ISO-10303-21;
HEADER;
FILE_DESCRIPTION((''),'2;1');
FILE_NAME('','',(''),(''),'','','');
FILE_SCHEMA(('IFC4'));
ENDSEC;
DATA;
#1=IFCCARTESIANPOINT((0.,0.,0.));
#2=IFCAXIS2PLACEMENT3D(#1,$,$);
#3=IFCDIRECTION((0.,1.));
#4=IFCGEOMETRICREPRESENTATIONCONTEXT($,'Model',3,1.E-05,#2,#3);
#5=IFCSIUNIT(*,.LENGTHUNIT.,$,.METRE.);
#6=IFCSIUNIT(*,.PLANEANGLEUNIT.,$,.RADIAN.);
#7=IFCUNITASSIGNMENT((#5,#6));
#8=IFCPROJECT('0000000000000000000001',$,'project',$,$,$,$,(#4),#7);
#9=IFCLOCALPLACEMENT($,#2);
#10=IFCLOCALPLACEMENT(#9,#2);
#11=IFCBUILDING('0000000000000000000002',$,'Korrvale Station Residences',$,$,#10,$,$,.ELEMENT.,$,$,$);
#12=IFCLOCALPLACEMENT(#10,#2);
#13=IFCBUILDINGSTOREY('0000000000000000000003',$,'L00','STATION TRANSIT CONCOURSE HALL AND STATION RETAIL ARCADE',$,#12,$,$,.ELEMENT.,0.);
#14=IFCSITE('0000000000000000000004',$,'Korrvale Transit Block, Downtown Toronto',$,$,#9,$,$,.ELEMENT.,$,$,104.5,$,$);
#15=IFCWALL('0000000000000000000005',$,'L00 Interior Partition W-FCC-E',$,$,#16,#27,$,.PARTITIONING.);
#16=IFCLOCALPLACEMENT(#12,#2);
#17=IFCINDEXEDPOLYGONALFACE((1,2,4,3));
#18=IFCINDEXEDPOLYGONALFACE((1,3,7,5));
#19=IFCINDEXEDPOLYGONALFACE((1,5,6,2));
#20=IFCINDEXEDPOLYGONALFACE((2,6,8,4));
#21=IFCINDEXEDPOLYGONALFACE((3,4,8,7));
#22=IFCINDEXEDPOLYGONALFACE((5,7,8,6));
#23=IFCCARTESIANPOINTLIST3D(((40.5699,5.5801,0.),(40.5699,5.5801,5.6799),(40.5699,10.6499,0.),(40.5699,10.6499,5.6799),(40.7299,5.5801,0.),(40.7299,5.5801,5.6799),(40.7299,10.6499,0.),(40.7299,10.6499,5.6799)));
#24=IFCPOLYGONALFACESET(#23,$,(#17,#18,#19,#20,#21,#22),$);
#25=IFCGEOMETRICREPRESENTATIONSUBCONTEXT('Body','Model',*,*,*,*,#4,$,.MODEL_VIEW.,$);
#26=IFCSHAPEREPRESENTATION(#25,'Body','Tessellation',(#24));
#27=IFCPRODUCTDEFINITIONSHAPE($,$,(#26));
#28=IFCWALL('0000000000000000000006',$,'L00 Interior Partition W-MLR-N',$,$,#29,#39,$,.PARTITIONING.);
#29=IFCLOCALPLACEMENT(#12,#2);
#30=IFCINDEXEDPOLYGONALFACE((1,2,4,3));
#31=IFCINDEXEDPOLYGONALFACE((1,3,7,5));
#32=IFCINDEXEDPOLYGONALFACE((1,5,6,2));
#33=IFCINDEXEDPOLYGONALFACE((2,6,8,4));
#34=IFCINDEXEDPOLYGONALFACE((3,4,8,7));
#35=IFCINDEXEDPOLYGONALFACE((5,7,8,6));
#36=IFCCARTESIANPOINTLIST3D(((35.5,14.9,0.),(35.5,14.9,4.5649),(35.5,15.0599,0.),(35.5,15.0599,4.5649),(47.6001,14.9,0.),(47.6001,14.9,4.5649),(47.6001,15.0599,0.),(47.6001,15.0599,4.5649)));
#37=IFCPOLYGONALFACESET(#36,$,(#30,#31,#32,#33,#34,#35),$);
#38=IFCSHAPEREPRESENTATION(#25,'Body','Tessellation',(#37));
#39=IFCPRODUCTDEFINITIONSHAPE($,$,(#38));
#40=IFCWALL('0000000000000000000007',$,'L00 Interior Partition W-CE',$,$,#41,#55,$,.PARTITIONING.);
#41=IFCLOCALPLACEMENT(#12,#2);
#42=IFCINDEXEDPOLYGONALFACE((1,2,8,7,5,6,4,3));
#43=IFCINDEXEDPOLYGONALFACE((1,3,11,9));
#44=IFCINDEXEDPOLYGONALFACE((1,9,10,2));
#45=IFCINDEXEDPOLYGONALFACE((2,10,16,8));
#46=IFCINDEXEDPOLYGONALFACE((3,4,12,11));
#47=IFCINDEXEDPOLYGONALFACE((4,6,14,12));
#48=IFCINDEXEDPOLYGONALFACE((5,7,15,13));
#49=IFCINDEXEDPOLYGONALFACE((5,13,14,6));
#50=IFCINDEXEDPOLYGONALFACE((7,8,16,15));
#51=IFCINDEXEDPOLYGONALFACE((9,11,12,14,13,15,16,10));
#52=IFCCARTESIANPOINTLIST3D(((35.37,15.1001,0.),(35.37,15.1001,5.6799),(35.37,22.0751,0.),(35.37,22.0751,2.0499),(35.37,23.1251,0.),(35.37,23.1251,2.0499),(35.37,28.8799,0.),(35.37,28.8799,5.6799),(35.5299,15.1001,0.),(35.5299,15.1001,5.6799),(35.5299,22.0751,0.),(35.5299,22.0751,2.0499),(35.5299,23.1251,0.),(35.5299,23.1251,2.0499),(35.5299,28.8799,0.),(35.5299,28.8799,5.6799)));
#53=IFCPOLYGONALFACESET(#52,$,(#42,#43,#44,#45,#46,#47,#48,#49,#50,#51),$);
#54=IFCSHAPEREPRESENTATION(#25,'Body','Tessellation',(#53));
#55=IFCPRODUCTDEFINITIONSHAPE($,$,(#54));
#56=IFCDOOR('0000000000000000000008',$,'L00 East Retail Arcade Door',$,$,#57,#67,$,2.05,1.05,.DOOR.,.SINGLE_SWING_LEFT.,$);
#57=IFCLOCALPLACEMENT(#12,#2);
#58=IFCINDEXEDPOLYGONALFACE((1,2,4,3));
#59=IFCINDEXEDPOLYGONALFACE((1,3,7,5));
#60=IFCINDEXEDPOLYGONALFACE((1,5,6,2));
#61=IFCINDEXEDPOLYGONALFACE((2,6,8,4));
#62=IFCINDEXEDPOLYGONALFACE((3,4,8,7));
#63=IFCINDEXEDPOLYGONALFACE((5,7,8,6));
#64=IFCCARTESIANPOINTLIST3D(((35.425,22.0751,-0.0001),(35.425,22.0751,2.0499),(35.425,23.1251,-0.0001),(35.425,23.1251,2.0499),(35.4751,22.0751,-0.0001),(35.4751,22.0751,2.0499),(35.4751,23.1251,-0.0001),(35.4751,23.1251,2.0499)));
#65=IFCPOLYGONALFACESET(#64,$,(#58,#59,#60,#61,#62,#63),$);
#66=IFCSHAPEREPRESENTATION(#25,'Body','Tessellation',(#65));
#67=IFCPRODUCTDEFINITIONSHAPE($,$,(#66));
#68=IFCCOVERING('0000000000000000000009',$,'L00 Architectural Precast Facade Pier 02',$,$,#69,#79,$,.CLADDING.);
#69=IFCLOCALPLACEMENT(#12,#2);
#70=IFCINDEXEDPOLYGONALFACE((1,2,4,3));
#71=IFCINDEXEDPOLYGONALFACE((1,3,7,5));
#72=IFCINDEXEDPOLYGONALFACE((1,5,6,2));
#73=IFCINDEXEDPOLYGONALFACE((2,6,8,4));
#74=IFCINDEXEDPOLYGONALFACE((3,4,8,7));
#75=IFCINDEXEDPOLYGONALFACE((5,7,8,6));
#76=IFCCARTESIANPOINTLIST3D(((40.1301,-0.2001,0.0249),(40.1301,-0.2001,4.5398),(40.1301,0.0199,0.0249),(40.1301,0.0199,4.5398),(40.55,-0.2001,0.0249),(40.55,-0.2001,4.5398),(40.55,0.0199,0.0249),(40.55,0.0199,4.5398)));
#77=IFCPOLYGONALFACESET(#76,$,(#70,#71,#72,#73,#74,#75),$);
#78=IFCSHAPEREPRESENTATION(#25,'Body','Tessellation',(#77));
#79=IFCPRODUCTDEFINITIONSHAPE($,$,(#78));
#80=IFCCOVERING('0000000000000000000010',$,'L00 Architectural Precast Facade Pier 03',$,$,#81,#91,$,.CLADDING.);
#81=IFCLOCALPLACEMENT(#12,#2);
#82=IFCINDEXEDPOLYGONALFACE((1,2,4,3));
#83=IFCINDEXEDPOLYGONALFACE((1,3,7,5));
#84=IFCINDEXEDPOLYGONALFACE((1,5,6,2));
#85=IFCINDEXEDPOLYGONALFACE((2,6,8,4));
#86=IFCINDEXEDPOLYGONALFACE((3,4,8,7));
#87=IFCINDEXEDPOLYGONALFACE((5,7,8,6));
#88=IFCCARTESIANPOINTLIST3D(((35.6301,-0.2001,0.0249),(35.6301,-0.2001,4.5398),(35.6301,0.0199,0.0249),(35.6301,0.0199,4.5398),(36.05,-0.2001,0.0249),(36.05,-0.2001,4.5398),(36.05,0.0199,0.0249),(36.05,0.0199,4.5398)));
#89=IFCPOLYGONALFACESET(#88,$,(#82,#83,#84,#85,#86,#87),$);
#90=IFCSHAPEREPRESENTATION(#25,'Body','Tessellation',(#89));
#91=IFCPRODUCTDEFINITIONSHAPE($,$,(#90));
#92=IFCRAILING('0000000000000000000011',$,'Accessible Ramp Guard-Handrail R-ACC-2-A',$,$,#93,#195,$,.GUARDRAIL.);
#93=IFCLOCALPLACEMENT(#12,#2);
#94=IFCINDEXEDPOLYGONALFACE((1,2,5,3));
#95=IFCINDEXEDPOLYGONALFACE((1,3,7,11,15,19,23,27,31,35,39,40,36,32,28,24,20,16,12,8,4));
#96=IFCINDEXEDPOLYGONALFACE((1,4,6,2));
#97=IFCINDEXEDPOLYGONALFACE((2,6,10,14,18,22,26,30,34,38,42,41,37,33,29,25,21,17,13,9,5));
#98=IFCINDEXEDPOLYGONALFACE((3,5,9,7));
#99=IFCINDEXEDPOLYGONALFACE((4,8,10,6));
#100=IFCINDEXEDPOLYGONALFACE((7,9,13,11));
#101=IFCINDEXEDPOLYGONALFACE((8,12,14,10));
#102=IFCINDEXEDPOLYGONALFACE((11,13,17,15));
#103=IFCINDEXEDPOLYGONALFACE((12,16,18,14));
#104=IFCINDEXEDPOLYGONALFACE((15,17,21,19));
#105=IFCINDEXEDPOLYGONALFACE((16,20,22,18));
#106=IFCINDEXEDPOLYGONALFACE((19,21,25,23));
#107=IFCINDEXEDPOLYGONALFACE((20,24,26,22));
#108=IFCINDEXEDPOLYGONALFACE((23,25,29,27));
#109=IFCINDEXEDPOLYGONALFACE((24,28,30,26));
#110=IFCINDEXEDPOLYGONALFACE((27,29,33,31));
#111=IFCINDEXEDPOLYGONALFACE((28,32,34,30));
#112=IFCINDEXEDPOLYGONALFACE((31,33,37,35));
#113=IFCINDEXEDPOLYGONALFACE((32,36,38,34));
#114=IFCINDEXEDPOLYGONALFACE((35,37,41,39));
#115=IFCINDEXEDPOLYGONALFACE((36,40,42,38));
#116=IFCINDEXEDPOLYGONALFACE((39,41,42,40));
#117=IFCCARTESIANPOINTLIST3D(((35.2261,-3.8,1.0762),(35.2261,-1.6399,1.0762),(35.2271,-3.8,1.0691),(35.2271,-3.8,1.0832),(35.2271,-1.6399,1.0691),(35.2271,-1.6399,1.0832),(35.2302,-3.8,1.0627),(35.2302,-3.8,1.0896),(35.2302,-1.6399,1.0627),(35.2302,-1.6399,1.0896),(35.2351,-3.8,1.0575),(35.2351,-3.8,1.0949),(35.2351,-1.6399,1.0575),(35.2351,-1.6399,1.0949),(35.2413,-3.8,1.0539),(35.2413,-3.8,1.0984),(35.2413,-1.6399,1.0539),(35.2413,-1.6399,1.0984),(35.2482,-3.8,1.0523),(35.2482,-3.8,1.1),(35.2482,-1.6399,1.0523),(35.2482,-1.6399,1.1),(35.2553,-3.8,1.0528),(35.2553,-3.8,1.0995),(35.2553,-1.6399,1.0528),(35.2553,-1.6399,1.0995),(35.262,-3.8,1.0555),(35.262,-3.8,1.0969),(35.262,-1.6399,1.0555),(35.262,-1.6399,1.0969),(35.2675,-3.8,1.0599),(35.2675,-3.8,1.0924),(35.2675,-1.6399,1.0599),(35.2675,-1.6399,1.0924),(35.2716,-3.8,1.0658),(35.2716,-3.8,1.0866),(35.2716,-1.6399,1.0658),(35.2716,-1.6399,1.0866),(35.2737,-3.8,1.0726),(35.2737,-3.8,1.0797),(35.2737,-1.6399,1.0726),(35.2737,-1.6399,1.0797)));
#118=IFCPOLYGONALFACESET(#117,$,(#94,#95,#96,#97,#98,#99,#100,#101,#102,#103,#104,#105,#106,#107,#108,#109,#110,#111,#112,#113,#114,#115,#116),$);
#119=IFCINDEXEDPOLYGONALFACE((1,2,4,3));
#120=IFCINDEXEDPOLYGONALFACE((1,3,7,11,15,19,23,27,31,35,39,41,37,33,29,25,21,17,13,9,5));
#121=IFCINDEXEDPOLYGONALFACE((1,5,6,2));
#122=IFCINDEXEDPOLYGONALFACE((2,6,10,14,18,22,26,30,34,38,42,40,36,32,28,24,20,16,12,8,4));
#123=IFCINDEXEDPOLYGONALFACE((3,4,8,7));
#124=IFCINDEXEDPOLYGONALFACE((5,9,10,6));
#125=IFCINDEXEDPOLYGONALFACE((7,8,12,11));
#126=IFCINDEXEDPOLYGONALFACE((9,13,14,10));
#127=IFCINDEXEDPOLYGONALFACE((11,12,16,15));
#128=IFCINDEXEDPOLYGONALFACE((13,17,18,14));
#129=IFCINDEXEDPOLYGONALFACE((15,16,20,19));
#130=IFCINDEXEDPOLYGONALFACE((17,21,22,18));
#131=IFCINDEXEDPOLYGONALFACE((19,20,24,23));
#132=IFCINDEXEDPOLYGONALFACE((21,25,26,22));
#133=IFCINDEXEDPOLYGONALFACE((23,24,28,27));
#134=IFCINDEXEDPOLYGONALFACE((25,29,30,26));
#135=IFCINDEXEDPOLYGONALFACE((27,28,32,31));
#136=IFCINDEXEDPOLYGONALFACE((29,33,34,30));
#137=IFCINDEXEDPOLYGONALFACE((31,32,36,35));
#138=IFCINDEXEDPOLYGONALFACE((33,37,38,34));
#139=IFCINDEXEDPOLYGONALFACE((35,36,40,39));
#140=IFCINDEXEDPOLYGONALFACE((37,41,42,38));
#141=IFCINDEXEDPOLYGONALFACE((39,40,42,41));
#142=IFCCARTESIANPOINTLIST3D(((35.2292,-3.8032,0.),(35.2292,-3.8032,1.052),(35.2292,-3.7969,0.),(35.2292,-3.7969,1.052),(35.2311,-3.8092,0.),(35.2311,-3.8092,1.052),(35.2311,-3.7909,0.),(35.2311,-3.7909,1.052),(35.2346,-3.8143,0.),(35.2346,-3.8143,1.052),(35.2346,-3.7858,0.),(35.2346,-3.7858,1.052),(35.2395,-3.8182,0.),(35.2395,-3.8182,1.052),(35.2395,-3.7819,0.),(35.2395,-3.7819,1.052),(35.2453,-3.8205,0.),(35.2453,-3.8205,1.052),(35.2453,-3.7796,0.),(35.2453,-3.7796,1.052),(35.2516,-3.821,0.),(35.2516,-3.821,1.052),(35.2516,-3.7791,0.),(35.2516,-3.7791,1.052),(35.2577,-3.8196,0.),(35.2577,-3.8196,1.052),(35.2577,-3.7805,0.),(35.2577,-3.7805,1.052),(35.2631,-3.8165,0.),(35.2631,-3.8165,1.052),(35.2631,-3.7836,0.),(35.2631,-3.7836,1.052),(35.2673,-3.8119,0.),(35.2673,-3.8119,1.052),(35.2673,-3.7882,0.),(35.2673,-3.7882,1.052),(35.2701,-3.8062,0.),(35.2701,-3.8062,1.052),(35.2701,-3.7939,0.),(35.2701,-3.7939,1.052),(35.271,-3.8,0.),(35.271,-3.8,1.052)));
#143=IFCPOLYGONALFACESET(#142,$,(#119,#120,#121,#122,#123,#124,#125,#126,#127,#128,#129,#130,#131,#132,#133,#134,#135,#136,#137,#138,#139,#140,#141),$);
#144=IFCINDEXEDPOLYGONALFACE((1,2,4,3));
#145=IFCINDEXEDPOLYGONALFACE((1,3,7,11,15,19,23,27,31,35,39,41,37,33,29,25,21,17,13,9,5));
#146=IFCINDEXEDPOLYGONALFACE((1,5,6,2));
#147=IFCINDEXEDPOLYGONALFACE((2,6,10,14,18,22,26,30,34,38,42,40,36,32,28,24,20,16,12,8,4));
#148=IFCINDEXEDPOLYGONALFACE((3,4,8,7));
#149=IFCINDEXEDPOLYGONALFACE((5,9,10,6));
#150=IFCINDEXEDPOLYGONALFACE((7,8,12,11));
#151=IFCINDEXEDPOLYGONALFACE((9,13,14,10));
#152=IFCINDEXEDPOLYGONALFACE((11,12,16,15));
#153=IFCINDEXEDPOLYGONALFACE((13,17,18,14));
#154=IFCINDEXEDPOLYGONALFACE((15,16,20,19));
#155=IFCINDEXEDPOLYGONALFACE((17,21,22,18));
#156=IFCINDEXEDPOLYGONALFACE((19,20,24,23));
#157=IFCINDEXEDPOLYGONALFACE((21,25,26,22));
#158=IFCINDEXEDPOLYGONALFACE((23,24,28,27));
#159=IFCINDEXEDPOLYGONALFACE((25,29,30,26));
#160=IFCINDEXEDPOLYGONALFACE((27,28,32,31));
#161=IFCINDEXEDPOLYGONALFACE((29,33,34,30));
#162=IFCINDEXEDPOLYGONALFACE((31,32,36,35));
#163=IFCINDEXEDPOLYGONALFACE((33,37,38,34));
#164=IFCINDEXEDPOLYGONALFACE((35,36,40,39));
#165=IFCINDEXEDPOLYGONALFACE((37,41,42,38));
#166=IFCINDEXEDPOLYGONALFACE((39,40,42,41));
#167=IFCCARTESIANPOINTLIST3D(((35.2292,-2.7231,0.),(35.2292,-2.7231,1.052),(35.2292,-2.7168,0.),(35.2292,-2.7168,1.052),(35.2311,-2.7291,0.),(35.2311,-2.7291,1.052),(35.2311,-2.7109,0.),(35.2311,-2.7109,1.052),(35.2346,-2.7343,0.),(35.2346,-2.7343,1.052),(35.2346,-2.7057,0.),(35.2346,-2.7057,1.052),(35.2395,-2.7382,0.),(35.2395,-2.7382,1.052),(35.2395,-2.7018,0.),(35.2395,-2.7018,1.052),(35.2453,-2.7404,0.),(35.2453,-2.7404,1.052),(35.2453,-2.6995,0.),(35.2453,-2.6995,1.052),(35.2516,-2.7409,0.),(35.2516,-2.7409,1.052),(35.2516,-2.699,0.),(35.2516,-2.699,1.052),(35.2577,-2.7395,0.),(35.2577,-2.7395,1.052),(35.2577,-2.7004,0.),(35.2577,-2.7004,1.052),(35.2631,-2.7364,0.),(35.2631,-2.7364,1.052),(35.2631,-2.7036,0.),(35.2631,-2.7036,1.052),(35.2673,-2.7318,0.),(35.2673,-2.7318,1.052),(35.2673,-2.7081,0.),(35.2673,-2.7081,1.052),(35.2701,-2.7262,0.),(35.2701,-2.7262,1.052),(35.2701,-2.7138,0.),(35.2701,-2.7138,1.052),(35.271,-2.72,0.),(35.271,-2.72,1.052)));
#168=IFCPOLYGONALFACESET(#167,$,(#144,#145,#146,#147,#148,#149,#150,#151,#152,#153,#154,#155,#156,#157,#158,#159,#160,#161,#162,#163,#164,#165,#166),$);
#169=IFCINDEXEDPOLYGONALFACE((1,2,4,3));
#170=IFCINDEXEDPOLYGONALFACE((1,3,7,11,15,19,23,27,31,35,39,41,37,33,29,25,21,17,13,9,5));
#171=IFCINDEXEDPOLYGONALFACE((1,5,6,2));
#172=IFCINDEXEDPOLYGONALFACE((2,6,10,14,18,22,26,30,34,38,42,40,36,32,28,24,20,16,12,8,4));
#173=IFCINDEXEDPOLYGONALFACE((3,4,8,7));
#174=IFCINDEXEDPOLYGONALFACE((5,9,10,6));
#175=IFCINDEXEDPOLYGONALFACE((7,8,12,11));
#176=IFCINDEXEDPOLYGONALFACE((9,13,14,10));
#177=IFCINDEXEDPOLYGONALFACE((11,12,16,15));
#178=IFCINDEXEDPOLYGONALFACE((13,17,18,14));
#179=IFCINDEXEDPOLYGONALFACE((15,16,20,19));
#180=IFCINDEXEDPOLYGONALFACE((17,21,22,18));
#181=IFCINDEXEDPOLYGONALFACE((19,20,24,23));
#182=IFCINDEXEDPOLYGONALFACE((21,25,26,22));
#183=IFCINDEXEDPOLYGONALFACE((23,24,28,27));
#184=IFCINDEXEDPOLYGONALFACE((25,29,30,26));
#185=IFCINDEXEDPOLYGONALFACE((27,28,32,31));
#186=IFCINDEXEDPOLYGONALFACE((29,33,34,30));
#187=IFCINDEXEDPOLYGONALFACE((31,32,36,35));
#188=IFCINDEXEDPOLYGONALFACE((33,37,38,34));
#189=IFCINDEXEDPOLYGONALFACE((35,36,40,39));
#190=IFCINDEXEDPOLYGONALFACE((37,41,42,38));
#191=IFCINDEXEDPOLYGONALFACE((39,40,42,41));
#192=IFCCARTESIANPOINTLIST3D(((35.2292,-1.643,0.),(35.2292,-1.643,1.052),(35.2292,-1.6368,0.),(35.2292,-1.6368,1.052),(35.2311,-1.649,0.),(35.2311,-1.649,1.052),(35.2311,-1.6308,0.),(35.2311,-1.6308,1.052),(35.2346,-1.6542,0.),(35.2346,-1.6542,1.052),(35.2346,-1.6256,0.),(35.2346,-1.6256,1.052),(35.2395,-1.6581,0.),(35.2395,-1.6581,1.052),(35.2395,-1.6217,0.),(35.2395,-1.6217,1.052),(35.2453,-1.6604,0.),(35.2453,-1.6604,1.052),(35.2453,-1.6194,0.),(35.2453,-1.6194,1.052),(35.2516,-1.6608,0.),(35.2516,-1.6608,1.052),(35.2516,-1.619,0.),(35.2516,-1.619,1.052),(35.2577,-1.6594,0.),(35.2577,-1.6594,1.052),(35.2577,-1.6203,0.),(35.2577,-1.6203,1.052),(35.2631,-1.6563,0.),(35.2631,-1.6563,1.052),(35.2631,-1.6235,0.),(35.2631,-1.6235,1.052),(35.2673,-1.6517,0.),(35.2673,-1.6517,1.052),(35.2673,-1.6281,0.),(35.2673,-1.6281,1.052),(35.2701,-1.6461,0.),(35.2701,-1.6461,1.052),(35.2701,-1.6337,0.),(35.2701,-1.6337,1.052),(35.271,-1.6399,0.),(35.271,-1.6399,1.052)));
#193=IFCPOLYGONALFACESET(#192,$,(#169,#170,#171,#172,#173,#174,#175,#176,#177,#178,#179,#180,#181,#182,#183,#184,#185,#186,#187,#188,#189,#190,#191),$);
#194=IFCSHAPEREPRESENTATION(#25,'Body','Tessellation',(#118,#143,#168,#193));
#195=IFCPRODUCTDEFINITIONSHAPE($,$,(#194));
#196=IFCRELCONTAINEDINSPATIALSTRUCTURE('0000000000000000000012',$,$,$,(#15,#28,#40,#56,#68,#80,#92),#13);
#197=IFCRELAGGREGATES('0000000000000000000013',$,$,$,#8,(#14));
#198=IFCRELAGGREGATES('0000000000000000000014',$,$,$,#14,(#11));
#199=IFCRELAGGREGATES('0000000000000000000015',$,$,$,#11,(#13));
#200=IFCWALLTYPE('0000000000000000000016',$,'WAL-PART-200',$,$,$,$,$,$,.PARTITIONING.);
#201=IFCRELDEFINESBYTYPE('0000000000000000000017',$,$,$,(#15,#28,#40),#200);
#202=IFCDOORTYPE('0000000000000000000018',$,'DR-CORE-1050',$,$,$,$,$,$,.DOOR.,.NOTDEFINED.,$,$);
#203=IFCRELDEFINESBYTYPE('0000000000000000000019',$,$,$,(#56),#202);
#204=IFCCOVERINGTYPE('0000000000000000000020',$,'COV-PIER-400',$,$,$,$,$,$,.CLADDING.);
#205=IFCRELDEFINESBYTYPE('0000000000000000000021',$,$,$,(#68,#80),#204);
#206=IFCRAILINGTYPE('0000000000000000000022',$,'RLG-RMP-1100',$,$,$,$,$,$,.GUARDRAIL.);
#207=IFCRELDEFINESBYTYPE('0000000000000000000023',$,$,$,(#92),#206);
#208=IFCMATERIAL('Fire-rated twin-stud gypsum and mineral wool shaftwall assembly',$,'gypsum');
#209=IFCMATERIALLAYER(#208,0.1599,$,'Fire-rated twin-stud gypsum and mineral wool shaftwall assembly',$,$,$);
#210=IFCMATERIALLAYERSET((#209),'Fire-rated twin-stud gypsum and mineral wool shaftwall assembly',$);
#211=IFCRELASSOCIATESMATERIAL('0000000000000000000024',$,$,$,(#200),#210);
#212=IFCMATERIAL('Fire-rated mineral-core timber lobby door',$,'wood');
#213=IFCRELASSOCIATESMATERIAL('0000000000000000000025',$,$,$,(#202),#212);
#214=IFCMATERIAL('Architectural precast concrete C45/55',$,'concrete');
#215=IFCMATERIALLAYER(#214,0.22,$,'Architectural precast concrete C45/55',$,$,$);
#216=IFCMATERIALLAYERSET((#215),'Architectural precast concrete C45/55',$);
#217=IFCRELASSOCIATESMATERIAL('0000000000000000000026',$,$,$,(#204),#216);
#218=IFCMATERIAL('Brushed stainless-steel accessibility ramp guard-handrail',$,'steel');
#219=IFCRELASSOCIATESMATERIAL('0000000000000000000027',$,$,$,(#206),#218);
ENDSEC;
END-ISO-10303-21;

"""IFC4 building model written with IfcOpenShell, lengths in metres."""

from ifc_helpers import new_model, si_unit, direction, frame, frame_2d, origin, origin_2d, place, context, subcontext, project, spatial, rectangle, circle, extrude, material, layer, layer_set, type_object, element, fill, save


model = new_model("IFC4")

# Units and contexts
model_context = context("Model", 3, precision=1e-05, world=origin(), true_north=direction((0.0, 1.0)))
body_context = subcontext(model_context, "Body", "Model", "MODEL_VIEW")
ifc_project = project(units=[si_unit("LENGTHUNIT", "METRE"), si_unit("PLANEANGLEUNIT", "RADIAN")], contexts=[model_context])

# Site, building, storey
site_placement = place(None, origin())
site = spatial("IfcSite", under=ifc_project, at=site_placement, Name="Korrvale Transit Block, Downtown Toronto", CompositionType="ELEMENT", RefElevation=104.5)
building_placement = place(site_placement, origin())
building = spatial("IfcBuilding", under=site, at=building_placement, Name="Korrvale Station Residences", CompositionType="ELEMENT")
storey_placement = place(building_placement, origin())
storey = spatial("IfcBuildingStorey", under=building, at=storey_placement, Name="L00", Description="STATION TRANSIT CONCOURSE HALL AND STATION RETAIL ARCADE", CompositionType="ELEMENT", Elevation=0.0)

# Walls
ifc_material_1 = material(Name="Fire-rated twin-stud gypsum and mineral wool shaftwall assembly", Category="gypsum")
ifc_layer_1 = layer(ifc_material_1, 0.1599, Name="Fire-rated twin-stud gypsum and mineral wool shaftwall assembly")
ifc_layer_set_1 = layer_set([ifc_layer_1], Name="Fire-rated twin-stud gypsum and mineral wool shaftwall assembly")
wall_type = type_object("IfcWallType", Name="WAL-PART-200", PredefinedType="PARTITIONING", material=ifc_layer_set_1)
wall_1_placement = place(storey_placement, frame((40.6499, 5.5801, 0.0), z_axis=(0.0, 0.0, 1.0), x_axis=(0.0, 1.0, 0.0)))
element("IfcWall", 1, at=wall_1_placement, inside=storey, type_object=wall_type, Name="L00 Interior Partition W-FCC-E", PredefinedType="PARTITIONING", context=body_context, shape_type="SweptSolid", body=[
    extrude(rectangle(XDim=5.0698, YDim=0.1599, at=frame_2d((2.5349, 0.0))), origin(), (0.0, 0.0, 1.0), 5.6799),
])
wall_2_placement = place(storey_placement, frame((35.5, 14.98, 0.0), z_axis=(0.0, 0.0, 1.0), x_axis=(1.0, 0.0, 0.0)))
element("IfcWall", 2, at=wall_2_placement, inside=storey, type_object=wall_type, Name="L00 Interior Partition W-MLR-N", PredefinedType="PARTITIONING", context=body_context, shape_type="SweptSolid", body=[
    extrude(rectangle(XDim=12.1001, YDim=0.1599, at=frame_2d((6.05, 0.0))), origin(), (0.0, 0.0, 1.0), 4.5649),
])

# Wall, opening, door
wall_3_placement = place(storey_placement, frame((35.45, 15.1001, 0.0), z_axis=(0.0, 0.0, 1.0), x_axis=(0.0, 1.0, 0.0)))
wall_3 = element("IfcWall", 3, at=wall_3_placement, inside=storey, type_object=wall_type, Name="L00 Interior Partition W-CE", PredefinedType="PARTITIONING", context=body_context, shape_type="SweptSolid", body=[
    extrude(rectangle(XDim=13.7798, YDim=0.1599, at=frame_2d((6.8899, 0.0))), origin(), (0.0, 0.0, 1.0), 5.6799),
])
opening_placement = place(wall_3_placement, frame((6.9751, 0.0, 0.0)))
opening = element("IfcOpeningElement", 4, at=opening_placement, cuts=wall_3, PredefinedType="OPENING", context=body_context, shape_type="SweptSolid", body=[
    extrude(rectangle(XDim=1.05, YDim=2.05, at=frame_2d((0.5249, 1.0249))), frame((0.0, 0.0898, 0.0), z_axis=(0.0, -1.0, 0.0), x_axis=(1.0, 0.0, 0.0)), (0.0, 0.0, 1.0), 0.1799),
])
ifc_material_2 = material(Name="Fire-rated mineral-core timber lobby door", Category="wood")
door_type = type_object("IfcDoorType", Name="DR-CORE-1050", OperationType="NOTDEFINED", PredefinedType="DOOR", material=ifc_material_2)
door_placement = place(opening_placement, origin())
door = element("IfcDoor", 5, at=door_placement, inside=storey, type_object=door_type, Name="L00 East Retail Arcade Door", OperationType="SINGLE_SWING_LEFT", OverallHeight=2.05, OverallWidth=1.05, PredefinedType="DOOR", context=body_context, shape_type="SweptSolid", body=[
    extrude(rectangle(XDim=1.05, YDim=2.05, at=frame_2d((0.5249, 1.0249))), frame((0.0, 0.0249, 0.0), z_axis=(0.0, -1.0, 0.0), x_axis=(1.0, 0.0, 0.0)), (0.0, 0.0, 1.0), 0.05),
])
fill(opening, door)

# Coverings
ifc_material_3 = material(Name="Architectural precast concrete C45/55", Category="concrete")
ifc_layer_2 = layer(ifc_material_3, 0.22, Name="Architectural precast concrete C45/55")
ifc_layer_set_2 = layer_set([ifc_layer_2], Name="Architectural precast concrete C45/55")
covering_type = type_object("IfcCoveringType", Name="COV-PIER-400", PredefinedType="CLADDING", material=ifc_layer_set_2)
for number, where, z_axis, x_axis, name in (
    (6, (40.3401, -0.0901, 0.0249), (0.0, 0.0, 1.0), (1.0, 0.0, 0.0), "L00 Architectural Precast Facade Pier 02"),
    (7, (35.8401, -0.0901, 0.0249), (0.0, 0.0, 1.0), (1.0, 0.0, 0.0), "L00 Architectural Precast Facade Pier 03"),
):
    element("IfcCovering", number, at=place(storey_placement, frame(where, z_axis=z_axis, x_axis=x_axis)), inside=storey, type_object=covering_type, Name=name, PredefinedType="CLADDING", context=body_context, shape_type="SweptSolid", body=[
        extrude(rectangle(XDim=0.4199, YDim=0.22, at=origin_2d()), origin(), (0.0, 0.0, 1.0), 4.5149),
    ])

# Railing
ifc_material_4 = material(Name="Brushed stainless-steel accessibility ramp guard-handrail", Category="steel")
railing_type = type_object("IfcRailingType", Name="RLG-RMP-1100", PredefinedType="GUARDRAIL", material=ifc_material_4)
for number, where, name in (
    (8, (35.25, -3.8, 0.0), "Accessible Ramp Guard-Handrail R-ACC-2-A"),
):
    element("IfcRailing", number, at=place(storey_placement, frame(where)), inside=storey, type_object=railing_type, Name=name, PredefinedType="GUARDRAIL", context=body_context, shape_type="SweptSolid", body=[
        extrude(circle(Radius=0.0239, at=origin_2d()), frame((0.0, 0.0, 1.0762), z_axis=(0.0, 1.0, 0.0), x_axis=(-1.0, 0.0, 0.0)), (0.0, 0.0, 1.0), 2.1602),
        extrude(circle(Radius=0.021, at=origin_2d()), origin(), (0.0, 0.0, 1.0), 1.052),
        extrude(circle(Radius=0.021, at=origin_2d()), frame((0.0, 1.0801, 0.0)), (0.0, 0.0, 1.0), 1.052),
        extrude(circle(Radius=0.021, at=origin_2d()), frame((0.0, 2.1602, 0.0)), (0.0, 0.0, 1.0), 1.052),
    ])

save(model, "model.ifc")
